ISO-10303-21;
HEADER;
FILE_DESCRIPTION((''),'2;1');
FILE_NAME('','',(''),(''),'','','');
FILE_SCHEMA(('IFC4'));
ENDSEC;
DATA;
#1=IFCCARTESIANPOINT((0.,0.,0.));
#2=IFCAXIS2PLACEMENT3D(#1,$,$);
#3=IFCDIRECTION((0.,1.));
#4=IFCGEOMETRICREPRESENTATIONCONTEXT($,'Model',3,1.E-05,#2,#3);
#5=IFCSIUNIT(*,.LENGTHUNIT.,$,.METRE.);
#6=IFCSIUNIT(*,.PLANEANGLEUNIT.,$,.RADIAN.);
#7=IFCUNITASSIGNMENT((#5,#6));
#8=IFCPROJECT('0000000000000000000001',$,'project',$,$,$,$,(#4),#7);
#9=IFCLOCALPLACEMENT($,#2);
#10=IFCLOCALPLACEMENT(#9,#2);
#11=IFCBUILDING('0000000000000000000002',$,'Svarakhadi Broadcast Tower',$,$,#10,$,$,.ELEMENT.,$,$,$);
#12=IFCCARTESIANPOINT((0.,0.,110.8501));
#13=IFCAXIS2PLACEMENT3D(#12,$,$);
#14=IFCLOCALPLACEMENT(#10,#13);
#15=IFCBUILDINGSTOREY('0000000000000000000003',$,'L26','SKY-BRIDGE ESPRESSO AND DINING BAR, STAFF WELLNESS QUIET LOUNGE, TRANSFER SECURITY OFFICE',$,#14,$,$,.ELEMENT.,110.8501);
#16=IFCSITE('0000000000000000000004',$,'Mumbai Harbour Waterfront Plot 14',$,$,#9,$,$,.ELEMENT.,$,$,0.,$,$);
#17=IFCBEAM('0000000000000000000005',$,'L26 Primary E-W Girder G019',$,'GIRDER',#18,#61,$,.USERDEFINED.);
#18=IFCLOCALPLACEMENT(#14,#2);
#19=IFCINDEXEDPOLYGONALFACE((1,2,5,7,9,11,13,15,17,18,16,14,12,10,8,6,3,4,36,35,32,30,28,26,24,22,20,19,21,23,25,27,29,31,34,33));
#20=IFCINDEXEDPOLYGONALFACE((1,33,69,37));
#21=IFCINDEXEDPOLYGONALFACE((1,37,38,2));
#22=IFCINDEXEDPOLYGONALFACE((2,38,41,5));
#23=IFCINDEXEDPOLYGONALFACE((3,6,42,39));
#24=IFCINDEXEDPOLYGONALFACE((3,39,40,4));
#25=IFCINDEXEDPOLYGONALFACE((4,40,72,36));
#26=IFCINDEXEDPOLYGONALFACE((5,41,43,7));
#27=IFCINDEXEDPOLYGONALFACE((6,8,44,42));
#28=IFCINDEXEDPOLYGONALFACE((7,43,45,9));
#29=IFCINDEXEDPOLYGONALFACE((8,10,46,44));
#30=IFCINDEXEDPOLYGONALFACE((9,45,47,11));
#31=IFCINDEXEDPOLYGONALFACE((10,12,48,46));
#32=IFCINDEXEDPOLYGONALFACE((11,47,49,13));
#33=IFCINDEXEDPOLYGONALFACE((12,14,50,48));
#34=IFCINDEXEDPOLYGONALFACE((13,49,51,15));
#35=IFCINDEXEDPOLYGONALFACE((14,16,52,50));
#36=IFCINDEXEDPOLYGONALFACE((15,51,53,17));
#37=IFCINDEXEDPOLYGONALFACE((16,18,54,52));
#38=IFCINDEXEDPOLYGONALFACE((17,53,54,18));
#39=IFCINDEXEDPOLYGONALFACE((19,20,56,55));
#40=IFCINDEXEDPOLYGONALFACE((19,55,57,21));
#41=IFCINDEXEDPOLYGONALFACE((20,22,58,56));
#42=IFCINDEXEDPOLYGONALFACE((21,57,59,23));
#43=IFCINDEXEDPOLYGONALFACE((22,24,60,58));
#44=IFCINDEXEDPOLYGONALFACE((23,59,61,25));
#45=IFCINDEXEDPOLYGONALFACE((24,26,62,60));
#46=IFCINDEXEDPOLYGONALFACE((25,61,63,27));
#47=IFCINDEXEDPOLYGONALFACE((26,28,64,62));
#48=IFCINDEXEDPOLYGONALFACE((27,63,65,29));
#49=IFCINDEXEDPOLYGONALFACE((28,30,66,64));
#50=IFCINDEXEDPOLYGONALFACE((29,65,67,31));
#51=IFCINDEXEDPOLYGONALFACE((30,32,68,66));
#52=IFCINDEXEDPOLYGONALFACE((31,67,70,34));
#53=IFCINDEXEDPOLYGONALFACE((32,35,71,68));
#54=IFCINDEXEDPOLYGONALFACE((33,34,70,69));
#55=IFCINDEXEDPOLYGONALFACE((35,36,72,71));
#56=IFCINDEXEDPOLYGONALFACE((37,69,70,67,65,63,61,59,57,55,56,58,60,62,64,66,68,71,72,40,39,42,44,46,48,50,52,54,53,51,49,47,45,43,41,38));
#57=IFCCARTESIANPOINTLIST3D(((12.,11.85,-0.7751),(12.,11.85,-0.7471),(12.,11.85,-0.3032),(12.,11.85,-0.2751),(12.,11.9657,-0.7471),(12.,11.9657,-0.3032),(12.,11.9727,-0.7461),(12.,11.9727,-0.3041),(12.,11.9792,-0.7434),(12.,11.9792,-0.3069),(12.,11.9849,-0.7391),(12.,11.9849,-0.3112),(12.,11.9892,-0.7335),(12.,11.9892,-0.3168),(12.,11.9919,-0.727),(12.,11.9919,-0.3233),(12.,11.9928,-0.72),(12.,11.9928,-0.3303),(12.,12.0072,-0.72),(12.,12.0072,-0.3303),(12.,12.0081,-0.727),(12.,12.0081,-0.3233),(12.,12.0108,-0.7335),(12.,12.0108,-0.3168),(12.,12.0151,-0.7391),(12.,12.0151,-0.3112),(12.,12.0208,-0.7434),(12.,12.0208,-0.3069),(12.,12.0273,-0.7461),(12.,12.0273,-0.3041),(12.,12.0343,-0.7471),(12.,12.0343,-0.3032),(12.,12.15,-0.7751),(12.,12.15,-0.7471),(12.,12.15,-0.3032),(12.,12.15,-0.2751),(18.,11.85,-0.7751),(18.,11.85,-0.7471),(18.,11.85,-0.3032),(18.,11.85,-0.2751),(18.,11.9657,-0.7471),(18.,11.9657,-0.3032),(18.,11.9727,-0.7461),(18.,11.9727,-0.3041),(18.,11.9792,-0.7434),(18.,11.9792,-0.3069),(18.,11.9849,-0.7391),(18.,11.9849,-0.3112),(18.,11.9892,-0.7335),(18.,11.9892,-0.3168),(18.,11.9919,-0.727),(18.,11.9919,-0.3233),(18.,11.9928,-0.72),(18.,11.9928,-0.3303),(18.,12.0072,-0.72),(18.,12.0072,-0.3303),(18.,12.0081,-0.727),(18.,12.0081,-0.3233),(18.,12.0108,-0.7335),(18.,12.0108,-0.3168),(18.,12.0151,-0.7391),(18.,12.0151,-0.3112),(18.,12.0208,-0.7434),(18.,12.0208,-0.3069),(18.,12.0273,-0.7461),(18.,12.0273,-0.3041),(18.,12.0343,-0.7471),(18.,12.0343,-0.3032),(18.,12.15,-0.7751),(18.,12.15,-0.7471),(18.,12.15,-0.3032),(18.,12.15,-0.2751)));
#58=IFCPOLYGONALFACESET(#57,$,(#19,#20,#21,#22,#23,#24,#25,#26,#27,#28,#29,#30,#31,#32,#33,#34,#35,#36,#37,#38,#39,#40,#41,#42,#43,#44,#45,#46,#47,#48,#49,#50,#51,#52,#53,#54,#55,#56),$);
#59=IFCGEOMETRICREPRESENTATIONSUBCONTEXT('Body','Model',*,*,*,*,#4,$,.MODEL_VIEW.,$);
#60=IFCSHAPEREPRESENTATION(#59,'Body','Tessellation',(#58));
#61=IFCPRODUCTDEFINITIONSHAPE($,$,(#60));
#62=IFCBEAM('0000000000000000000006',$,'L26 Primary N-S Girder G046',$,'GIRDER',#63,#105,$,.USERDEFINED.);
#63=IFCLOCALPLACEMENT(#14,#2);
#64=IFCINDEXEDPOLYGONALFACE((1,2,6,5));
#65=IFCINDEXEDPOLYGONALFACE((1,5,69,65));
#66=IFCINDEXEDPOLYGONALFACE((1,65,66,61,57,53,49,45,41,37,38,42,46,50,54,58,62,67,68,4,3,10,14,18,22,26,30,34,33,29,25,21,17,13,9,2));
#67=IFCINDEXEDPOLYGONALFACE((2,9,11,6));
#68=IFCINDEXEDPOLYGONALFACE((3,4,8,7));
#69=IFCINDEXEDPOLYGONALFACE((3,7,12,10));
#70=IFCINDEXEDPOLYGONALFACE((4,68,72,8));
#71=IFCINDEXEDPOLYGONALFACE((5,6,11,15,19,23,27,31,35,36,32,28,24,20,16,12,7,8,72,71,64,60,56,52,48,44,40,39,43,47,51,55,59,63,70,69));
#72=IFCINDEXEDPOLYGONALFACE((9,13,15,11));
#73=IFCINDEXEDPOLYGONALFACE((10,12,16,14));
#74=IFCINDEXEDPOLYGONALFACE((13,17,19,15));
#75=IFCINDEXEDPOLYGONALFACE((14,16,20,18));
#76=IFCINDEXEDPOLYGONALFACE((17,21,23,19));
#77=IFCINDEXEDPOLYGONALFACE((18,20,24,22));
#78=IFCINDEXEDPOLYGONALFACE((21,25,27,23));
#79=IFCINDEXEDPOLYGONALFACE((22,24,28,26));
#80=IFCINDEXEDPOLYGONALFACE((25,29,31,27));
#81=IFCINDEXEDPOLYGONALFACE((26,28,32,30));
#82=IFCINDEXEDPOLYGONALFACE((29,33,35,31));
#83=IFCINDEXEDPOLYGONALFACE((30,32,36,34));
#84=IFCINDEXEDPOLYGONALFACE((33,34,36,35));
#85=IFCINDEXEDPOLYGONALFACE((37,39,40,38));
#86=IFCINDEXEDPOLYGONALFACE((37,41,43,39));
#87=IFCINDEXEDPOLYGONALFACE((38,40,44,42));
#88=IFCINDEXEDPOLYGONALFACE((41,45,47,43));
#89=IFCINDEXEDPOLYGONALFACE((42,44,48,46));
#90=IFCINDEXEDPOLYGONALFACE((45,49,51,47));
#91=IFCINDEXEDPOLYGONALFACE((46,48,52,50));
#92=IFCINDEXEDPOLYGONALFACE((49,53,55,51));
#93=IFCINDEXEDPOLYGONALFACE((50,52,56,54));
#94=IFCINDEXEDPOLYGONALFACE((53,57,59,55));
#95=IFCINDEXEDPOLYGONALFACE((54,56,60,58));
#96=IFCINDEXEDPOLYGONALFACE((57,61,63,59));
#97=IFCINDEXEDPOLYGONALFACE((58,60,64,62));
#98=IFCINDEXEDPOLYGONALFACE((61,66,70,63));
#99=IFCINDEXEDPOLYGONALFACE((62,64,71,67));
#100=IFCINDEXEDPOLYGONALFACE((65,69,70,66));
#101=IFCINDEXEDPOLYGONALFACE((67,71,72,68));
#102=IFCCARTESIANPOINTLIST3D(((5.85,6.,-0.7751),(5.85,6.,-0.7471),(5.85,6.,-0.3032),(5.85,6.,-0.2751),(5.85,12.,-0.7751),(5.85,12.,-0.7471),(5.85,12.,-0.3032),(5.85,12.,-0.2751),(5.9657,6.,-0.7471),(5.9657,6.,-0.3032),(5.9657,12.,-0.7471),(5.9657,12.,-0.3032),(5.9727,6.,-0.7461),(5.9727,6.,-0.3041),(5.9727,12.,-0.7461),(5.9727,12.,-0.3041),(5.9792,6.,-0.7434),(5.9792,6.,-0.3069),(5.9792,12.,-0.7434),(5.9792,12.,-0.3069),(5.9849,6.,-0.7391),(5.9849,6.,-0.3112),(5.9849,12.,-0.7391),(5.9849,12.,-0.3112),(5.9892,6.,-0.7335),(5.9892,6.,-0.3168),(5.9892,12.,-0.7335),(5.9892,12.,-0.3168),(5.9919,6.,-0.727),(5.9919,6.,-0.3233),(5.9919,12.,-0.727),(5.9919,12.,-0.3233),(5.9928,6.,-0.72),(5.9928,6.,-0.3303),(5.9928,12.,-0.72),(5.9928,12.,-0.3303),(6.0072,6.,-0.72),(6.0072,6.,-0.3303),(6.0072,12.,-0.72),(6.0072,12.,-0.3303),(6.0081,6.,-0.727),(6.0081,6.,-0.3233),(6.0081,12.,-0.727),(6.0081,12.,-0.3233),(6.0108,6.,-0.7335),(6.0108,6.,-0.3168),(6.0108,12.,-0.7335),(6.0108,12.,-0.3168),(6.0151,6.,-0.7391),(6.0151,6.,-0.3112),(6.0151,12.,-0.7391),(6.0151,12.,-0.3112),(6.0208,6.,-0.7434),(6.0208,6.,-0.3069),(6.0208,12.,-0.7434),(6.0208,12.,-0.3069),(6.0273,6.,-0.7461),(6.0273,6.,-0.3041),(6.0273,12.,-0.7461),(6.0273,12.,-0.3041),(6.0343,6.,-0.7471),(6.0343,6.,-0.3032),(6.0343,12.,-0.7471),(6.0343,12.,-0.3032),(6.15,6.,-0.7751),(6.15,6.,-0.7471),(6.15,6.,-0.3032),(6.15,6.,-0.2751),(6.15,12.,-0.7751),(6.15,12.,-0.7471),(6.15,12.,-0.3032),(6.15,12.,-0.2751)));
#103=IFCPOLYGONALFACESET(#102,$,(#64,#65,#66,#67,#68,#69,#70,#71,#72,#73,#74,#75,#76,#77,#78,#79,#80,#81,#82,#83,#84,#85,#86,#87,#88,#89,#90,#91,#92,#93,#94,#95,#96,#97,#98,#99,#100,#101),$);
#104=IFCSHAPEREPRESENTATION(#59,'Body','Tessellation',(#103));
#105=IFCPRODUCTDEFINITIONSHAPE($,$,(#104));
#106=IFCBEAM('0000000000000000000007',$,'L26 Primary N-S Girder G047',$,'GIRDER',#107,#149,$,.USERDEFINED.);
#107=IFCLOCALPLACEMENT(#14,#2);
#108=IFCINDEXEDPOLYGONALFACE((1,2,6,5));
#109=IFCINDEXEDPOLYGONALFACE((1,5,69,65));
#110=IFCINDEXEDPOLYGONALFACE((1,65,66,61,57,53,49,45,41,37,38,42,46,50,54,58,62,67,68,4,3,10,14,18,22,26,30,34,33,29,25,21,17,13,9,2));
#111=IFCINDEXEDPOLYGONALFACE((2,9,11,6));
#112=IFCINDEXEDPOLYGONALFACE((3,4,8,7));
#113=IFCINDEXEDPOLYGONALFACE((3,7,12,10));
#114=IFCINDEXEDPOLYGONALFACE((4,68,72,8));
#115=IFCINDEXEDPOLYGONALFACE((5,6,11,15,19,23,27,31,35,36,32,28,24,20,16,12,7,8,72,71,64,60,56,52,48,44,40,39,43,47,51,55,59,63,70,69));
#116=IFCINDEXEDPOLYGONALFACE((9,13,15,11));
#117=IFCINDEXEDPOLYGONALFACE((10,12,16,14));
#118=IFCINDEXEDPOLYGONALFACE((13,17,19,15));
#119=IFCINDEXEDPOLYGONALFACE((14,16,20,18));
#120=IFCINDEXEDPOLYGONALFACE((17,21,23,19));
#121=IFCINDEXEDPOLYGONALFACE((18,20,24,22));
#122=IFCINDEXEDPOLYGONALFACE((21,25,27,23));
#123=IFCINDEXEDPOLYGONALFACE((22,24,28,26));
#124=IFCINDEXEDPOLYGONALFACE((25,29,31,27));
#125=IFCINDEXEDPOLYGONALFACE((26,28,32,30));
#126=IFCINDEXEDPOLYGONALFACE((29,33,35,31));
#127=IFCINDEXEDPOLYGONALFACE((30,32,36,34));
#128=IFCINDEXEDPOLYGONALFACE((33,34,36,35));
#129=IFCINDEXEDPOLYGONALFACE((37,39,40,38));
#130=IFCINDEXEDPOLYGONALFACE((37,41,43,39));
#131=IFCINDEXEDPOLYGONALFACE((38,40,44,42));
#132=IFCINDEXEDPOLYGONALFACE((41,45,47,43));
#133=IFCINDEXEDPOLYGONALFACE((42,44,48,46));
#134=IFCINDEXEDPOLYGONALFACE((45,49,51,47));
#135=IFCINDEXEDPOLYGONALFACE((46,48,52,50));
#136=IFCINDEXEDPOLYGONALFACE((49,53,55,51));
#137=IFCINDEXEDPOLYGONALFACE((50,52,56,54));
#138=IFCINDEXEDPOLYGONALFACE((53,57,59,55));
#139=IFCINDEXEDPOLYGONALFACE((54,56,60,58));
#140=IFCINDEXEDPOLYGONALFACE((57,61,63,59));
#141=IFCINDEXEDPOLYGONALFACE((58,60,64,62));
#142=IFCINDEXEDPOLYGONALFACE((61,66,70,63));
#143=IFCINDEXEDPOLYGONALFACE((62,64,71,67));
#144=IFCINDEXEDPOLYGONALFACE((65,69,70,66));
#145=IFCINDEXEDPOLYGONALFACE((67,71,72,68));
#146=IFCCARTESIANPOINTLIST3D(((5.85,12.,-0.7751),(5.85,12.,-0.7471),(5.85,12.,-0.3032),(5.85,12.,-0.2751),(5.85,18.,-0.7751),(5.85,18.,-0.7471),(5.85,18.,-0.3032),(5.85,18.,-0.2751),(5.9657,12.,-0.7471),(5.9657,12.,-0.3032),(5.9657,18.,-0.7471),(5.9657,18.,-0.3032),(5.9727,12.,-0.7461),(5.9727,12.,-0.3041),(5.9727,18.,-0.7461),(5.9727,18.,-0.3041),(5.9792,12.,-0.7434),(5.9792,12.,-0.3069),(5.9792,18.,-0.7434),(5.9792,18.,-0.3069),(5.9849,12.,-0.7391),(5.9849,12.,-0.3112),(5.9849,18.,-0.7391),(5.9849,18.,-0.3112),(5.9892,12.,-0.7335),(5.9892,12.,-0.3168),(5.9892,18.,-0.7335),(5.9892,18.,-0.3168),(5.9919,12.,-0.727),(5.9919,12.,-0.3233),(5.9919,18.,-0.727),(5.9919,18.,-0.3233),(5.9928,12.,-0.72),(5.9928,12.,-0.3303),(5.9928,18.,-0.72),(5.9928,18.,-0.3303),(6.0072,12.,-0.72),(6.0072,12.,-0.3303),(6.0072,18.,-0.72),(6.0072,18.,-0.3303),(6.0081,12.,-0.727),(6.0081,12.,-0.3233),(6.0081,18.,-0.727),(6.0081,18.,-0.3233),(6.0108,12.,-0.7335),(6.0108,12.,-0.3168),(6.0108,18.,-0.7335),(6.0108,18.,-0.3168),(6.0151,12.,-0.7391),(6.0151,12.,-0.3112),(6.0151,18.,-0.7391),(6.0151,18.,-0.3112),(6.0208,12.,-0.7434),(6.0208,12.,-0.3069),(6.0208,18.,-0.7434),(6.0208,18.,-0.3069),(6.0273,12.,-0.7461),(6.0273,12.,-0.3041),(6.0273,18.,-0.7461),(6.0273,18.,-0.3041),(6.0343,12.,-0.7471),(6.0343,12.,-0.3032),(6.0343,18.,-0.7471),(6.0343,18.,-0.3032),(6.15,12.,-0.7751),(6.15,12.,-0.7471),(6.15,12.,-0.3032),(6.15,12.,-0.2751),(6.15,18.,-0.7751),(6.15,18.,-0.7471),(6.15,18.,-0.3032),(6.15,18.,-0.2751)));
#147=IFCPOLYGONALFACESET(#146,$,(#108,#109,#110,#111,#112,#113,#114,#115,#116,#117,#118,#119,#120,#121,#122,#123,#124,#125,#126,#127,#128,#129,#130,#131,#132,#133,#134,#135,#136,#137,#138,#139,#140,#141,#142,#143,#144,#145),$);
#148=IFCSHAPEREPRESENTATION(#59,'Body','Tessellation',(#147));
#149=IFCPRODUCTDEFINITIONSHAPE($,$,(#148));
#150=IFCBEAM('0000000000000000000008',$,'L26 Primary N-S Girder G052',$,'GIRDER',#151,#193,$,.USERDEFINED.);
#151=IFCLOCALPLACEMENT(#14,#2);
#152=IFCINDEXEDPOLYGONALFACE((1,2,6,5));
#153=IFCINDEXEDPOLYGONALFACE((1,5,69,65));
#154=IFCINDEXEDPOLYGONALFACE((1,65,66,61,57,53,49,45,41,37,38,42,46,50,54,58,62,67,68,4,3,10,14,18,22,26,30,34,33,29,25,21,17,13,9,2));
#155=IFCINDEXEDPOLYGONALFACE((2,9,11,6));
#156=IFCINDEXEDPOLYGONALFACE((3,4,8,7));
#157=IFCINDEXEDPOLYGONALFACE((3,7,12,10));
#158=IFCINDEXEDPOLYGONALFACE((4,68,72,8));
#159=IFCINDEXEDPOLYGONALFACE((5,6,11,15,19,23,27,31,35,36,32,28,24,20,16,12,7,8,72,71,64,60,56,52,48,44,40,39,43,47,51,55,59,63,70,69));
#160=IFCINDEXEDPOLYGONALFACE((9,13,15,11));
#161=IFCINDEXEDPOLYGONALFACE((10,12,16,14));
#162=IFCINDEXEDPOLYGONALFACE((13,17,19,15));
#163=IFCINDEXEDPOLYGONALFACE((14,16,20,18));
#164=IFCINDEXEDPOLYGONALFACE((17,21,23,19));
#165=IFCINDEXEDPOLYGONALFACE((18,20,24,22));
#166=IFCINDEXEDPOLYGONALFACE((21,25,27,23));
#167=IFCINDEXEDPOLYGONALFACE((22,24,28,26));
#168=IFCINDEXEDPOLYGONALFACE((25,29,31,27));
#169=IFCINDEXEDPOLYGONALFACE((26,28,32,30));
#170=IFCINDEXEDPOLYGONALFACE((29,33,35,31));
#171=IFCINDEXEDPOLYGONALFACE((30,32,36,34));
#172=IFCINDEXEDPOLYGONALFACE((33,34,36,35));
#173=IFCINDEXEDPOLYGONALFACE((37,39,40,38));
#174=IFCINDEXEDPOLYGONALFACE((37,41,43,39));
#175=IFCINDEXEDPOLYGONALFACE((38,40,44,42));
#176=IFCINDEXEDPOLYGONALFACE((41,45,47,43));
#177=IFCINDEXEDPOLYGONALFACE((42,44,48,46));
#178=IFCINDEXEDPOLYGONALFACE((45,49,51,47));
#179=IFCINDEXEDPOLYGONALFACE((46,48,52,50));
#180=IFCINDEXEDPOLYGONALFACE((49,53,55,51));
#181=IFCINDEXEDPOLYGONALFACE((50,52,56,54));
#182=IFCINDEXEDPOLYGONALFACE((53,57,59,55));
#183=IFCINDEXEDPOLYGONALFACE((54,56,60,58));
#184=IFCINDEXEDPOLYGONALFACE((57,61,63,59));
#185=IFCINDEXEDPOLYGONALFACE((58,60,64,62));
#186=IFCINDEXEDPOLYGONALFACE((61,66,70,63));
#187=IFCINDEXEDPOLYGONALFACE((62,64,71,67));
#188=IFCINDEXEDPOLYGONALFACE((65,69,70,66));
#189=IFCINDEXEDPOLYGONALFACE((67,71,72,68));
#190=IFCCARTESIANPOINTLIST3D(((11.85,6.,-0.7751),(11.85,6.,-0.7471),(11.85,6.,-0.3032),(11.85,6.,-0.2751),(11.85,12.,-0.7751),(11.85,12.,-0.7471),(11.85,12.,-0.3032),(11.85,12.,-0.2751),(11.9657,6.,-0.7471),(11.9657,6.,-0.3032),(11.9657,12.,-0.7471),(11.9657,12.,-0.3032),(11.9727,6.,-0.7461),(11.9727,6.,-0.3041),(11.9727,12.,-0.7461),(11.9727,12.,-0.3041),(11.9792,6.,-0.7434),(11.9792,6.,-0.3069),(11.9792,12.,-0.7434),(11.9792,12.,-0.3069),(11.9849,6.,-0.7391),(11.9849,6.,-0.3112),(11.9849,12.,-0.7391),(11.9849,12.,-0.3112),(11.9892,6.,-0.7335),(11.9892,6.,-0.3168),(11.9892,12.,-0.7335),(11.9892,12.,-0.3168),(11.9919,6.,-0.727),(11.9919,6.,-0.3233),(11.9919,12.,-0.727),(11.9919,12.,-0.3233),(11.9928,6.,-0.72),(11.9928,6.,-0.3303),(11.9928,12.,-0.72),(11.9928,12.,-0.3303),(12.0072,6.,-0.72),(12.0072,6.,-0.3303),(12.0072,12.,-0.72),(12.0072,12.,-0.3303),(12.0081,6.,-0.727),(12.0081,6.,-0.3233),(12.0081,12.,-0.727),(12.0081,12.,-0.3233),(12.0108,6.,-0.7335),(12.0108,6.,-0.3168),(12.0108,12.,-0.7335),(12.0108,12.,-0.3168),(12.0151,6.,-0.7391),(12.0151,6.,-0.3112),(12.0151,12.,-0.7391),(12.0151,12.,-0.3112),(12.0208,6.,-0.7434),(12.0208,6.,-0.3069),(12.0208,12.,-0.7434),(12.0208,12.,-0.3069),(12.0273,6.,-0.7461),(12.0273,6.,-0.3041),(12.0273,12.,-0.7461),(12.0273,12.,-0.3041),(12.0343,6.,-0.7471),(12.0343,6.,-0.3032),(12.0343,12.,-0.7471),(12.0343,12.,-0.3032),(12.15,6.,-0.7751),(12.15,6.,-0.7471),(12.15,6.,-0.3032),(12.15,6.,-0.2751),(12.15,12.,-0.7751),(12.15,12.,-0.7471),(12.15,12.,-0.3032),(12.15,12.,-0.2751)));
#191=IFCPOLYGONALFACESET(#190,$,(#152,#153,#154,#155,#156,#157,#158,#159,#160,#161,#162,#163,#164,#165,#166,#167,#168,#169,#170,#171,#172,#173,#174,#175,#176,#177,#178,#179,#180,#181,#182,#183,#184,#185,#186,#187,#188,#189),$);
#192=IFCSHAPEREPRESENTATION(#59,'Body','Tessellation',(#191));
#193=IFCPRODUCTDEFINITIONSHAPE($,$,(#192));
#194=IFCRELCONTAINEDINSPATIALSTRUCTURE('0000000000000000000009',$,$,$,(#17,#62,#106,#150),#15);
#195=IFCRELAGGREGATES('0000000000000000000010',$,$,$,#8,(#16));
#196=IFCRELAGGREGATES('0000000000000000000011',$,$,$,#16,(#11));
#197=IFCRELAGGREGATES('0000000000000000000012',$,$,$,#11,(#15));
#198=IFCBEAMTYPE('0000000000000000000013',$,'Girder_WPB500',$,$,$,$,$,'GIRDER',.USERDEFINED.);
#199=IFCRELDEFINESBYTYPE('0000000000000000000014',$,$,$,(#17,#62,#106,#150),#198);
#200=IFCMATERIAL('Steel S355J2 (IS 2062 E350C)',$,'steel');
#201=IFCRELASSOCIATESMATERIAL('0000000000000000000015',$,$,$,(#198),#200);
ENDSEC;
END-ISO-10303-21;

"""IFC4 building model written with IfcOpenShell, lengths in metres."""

from ifc_helpers import new_model, si_unit, direction, frame, origin, origin_2d, place, context, subcontext, project, spatial, i_section, extrude, material, material_profile, profile_set, type_object, element, save


model = new_model("IFC4")

# Units and contexts
model_context = context("Model", 3, precision=1e-05, world=origin(), true_north=direction((0.0, 1.0)))
body_context = subcontext(model_context, "Body", "Model", "MODEL_VIEW")
ifc_project = project(units=[si_unit("LENGTHUNIT", "METRE"), si_unit("PLANEANGLEUNIT", "RADIAN")], contexts=[model_context])

# Site, building, storey
site_placement = place(None, origin())
site = spatial("IfcSite", under=ifc_project, at=site_placement, Name="Mumbai Harbour Waterfront Plot 14", CompositionType="ELEMENT", RefElevation=0.0)
building_placement = place(site_placement, origin())
building = spatial("IfcBuilding", under=site, at=building_placement, Name="Svarakhadi Broadcast Tower", CompositionType="ELEMENT")
storey_placement = place(building_placement, frame((0.0, 0.0, 110.8501)))
storey = spatial("IfcBuildingStorey", under=building, at=storey_placement, Name="L26", Description="SKY-BRIDGE ESPRESSO AND DINING BAR, STAFF WELLNESS QUIET LOUNGE, TRANSFER SECURITY OFFICE", CompositionType="ELEMENT", Elevation=110.8501)

# Beams
ifc_material_1 = material(Name="Steel S355J2 (IS 2062 E350C)", Category="steel")
ifc_material_profile_1 = material_profile(ifc_material_1, i_section(OverallWidth=0.3, OverallDepth=0.5, WebThickness=0.0144, FlangeThickness=0.0281, FilletRadius=0.0271, at=origin_2d()), Name="WPB 500x300x187")
ifc_profile_set_1 = profile_set([ifc_material_profile_1], Name="Steel S355J2 (IS 2062 E350C)")
beam_type_1 = type_object("IfcBeamType", Name="Girder_WPB500", ElementType="GIRDER", PredefinedType="USERDEFINED", material=ifc_profile_set_1)
for number, where, z_axis, x_axis, name in (
    (1, (12.0, 12.0, -0.5251), (1.0, 0.0, 0.0), (0.0, 1.0, 0.0), "L26 Primary E-W Girder G019"),
    (2, (6.0, 6.0, -0.5251), (0.0, 1.0, 0.0), (-1.0, 0.0, 0.0), "L26 Primary N-S Girder G046"),
    (3, (6.0, 12.0, -0.5251), (0.0, 1.0, 0.0), (-1.0, 0.0, 0.0), "L26 Primary N-S Girder G047"),
    (4, (12.0, 6.0, -0.5251), (0.0, 1.0, 0.0), (-1.0, 0.0, 0.0), "L26 Primary N-S Girder G052"),
):
    element("IfcBeam", number, at=place(storey_placement, frame(where, z_axis=z_axis, x_axis=x_axis)), inside=storey, type_object=beam_type_1, Name=name, ObjectType="GIRDER", PredefinedType="USERDEFINED", context=body_context, shape_type="SweptSolid", body=[
        extrude(i_section(OverallWidth=0.3, OverallDepth=0.5, WebThickness=0.0144, FlangeThickness=0.0281, FilletRadius=0.0271, at=origin_2d()), origin(), (0.0, 0.0, 1.0), 6.0),
    ])

save(model, "model.ifc")
